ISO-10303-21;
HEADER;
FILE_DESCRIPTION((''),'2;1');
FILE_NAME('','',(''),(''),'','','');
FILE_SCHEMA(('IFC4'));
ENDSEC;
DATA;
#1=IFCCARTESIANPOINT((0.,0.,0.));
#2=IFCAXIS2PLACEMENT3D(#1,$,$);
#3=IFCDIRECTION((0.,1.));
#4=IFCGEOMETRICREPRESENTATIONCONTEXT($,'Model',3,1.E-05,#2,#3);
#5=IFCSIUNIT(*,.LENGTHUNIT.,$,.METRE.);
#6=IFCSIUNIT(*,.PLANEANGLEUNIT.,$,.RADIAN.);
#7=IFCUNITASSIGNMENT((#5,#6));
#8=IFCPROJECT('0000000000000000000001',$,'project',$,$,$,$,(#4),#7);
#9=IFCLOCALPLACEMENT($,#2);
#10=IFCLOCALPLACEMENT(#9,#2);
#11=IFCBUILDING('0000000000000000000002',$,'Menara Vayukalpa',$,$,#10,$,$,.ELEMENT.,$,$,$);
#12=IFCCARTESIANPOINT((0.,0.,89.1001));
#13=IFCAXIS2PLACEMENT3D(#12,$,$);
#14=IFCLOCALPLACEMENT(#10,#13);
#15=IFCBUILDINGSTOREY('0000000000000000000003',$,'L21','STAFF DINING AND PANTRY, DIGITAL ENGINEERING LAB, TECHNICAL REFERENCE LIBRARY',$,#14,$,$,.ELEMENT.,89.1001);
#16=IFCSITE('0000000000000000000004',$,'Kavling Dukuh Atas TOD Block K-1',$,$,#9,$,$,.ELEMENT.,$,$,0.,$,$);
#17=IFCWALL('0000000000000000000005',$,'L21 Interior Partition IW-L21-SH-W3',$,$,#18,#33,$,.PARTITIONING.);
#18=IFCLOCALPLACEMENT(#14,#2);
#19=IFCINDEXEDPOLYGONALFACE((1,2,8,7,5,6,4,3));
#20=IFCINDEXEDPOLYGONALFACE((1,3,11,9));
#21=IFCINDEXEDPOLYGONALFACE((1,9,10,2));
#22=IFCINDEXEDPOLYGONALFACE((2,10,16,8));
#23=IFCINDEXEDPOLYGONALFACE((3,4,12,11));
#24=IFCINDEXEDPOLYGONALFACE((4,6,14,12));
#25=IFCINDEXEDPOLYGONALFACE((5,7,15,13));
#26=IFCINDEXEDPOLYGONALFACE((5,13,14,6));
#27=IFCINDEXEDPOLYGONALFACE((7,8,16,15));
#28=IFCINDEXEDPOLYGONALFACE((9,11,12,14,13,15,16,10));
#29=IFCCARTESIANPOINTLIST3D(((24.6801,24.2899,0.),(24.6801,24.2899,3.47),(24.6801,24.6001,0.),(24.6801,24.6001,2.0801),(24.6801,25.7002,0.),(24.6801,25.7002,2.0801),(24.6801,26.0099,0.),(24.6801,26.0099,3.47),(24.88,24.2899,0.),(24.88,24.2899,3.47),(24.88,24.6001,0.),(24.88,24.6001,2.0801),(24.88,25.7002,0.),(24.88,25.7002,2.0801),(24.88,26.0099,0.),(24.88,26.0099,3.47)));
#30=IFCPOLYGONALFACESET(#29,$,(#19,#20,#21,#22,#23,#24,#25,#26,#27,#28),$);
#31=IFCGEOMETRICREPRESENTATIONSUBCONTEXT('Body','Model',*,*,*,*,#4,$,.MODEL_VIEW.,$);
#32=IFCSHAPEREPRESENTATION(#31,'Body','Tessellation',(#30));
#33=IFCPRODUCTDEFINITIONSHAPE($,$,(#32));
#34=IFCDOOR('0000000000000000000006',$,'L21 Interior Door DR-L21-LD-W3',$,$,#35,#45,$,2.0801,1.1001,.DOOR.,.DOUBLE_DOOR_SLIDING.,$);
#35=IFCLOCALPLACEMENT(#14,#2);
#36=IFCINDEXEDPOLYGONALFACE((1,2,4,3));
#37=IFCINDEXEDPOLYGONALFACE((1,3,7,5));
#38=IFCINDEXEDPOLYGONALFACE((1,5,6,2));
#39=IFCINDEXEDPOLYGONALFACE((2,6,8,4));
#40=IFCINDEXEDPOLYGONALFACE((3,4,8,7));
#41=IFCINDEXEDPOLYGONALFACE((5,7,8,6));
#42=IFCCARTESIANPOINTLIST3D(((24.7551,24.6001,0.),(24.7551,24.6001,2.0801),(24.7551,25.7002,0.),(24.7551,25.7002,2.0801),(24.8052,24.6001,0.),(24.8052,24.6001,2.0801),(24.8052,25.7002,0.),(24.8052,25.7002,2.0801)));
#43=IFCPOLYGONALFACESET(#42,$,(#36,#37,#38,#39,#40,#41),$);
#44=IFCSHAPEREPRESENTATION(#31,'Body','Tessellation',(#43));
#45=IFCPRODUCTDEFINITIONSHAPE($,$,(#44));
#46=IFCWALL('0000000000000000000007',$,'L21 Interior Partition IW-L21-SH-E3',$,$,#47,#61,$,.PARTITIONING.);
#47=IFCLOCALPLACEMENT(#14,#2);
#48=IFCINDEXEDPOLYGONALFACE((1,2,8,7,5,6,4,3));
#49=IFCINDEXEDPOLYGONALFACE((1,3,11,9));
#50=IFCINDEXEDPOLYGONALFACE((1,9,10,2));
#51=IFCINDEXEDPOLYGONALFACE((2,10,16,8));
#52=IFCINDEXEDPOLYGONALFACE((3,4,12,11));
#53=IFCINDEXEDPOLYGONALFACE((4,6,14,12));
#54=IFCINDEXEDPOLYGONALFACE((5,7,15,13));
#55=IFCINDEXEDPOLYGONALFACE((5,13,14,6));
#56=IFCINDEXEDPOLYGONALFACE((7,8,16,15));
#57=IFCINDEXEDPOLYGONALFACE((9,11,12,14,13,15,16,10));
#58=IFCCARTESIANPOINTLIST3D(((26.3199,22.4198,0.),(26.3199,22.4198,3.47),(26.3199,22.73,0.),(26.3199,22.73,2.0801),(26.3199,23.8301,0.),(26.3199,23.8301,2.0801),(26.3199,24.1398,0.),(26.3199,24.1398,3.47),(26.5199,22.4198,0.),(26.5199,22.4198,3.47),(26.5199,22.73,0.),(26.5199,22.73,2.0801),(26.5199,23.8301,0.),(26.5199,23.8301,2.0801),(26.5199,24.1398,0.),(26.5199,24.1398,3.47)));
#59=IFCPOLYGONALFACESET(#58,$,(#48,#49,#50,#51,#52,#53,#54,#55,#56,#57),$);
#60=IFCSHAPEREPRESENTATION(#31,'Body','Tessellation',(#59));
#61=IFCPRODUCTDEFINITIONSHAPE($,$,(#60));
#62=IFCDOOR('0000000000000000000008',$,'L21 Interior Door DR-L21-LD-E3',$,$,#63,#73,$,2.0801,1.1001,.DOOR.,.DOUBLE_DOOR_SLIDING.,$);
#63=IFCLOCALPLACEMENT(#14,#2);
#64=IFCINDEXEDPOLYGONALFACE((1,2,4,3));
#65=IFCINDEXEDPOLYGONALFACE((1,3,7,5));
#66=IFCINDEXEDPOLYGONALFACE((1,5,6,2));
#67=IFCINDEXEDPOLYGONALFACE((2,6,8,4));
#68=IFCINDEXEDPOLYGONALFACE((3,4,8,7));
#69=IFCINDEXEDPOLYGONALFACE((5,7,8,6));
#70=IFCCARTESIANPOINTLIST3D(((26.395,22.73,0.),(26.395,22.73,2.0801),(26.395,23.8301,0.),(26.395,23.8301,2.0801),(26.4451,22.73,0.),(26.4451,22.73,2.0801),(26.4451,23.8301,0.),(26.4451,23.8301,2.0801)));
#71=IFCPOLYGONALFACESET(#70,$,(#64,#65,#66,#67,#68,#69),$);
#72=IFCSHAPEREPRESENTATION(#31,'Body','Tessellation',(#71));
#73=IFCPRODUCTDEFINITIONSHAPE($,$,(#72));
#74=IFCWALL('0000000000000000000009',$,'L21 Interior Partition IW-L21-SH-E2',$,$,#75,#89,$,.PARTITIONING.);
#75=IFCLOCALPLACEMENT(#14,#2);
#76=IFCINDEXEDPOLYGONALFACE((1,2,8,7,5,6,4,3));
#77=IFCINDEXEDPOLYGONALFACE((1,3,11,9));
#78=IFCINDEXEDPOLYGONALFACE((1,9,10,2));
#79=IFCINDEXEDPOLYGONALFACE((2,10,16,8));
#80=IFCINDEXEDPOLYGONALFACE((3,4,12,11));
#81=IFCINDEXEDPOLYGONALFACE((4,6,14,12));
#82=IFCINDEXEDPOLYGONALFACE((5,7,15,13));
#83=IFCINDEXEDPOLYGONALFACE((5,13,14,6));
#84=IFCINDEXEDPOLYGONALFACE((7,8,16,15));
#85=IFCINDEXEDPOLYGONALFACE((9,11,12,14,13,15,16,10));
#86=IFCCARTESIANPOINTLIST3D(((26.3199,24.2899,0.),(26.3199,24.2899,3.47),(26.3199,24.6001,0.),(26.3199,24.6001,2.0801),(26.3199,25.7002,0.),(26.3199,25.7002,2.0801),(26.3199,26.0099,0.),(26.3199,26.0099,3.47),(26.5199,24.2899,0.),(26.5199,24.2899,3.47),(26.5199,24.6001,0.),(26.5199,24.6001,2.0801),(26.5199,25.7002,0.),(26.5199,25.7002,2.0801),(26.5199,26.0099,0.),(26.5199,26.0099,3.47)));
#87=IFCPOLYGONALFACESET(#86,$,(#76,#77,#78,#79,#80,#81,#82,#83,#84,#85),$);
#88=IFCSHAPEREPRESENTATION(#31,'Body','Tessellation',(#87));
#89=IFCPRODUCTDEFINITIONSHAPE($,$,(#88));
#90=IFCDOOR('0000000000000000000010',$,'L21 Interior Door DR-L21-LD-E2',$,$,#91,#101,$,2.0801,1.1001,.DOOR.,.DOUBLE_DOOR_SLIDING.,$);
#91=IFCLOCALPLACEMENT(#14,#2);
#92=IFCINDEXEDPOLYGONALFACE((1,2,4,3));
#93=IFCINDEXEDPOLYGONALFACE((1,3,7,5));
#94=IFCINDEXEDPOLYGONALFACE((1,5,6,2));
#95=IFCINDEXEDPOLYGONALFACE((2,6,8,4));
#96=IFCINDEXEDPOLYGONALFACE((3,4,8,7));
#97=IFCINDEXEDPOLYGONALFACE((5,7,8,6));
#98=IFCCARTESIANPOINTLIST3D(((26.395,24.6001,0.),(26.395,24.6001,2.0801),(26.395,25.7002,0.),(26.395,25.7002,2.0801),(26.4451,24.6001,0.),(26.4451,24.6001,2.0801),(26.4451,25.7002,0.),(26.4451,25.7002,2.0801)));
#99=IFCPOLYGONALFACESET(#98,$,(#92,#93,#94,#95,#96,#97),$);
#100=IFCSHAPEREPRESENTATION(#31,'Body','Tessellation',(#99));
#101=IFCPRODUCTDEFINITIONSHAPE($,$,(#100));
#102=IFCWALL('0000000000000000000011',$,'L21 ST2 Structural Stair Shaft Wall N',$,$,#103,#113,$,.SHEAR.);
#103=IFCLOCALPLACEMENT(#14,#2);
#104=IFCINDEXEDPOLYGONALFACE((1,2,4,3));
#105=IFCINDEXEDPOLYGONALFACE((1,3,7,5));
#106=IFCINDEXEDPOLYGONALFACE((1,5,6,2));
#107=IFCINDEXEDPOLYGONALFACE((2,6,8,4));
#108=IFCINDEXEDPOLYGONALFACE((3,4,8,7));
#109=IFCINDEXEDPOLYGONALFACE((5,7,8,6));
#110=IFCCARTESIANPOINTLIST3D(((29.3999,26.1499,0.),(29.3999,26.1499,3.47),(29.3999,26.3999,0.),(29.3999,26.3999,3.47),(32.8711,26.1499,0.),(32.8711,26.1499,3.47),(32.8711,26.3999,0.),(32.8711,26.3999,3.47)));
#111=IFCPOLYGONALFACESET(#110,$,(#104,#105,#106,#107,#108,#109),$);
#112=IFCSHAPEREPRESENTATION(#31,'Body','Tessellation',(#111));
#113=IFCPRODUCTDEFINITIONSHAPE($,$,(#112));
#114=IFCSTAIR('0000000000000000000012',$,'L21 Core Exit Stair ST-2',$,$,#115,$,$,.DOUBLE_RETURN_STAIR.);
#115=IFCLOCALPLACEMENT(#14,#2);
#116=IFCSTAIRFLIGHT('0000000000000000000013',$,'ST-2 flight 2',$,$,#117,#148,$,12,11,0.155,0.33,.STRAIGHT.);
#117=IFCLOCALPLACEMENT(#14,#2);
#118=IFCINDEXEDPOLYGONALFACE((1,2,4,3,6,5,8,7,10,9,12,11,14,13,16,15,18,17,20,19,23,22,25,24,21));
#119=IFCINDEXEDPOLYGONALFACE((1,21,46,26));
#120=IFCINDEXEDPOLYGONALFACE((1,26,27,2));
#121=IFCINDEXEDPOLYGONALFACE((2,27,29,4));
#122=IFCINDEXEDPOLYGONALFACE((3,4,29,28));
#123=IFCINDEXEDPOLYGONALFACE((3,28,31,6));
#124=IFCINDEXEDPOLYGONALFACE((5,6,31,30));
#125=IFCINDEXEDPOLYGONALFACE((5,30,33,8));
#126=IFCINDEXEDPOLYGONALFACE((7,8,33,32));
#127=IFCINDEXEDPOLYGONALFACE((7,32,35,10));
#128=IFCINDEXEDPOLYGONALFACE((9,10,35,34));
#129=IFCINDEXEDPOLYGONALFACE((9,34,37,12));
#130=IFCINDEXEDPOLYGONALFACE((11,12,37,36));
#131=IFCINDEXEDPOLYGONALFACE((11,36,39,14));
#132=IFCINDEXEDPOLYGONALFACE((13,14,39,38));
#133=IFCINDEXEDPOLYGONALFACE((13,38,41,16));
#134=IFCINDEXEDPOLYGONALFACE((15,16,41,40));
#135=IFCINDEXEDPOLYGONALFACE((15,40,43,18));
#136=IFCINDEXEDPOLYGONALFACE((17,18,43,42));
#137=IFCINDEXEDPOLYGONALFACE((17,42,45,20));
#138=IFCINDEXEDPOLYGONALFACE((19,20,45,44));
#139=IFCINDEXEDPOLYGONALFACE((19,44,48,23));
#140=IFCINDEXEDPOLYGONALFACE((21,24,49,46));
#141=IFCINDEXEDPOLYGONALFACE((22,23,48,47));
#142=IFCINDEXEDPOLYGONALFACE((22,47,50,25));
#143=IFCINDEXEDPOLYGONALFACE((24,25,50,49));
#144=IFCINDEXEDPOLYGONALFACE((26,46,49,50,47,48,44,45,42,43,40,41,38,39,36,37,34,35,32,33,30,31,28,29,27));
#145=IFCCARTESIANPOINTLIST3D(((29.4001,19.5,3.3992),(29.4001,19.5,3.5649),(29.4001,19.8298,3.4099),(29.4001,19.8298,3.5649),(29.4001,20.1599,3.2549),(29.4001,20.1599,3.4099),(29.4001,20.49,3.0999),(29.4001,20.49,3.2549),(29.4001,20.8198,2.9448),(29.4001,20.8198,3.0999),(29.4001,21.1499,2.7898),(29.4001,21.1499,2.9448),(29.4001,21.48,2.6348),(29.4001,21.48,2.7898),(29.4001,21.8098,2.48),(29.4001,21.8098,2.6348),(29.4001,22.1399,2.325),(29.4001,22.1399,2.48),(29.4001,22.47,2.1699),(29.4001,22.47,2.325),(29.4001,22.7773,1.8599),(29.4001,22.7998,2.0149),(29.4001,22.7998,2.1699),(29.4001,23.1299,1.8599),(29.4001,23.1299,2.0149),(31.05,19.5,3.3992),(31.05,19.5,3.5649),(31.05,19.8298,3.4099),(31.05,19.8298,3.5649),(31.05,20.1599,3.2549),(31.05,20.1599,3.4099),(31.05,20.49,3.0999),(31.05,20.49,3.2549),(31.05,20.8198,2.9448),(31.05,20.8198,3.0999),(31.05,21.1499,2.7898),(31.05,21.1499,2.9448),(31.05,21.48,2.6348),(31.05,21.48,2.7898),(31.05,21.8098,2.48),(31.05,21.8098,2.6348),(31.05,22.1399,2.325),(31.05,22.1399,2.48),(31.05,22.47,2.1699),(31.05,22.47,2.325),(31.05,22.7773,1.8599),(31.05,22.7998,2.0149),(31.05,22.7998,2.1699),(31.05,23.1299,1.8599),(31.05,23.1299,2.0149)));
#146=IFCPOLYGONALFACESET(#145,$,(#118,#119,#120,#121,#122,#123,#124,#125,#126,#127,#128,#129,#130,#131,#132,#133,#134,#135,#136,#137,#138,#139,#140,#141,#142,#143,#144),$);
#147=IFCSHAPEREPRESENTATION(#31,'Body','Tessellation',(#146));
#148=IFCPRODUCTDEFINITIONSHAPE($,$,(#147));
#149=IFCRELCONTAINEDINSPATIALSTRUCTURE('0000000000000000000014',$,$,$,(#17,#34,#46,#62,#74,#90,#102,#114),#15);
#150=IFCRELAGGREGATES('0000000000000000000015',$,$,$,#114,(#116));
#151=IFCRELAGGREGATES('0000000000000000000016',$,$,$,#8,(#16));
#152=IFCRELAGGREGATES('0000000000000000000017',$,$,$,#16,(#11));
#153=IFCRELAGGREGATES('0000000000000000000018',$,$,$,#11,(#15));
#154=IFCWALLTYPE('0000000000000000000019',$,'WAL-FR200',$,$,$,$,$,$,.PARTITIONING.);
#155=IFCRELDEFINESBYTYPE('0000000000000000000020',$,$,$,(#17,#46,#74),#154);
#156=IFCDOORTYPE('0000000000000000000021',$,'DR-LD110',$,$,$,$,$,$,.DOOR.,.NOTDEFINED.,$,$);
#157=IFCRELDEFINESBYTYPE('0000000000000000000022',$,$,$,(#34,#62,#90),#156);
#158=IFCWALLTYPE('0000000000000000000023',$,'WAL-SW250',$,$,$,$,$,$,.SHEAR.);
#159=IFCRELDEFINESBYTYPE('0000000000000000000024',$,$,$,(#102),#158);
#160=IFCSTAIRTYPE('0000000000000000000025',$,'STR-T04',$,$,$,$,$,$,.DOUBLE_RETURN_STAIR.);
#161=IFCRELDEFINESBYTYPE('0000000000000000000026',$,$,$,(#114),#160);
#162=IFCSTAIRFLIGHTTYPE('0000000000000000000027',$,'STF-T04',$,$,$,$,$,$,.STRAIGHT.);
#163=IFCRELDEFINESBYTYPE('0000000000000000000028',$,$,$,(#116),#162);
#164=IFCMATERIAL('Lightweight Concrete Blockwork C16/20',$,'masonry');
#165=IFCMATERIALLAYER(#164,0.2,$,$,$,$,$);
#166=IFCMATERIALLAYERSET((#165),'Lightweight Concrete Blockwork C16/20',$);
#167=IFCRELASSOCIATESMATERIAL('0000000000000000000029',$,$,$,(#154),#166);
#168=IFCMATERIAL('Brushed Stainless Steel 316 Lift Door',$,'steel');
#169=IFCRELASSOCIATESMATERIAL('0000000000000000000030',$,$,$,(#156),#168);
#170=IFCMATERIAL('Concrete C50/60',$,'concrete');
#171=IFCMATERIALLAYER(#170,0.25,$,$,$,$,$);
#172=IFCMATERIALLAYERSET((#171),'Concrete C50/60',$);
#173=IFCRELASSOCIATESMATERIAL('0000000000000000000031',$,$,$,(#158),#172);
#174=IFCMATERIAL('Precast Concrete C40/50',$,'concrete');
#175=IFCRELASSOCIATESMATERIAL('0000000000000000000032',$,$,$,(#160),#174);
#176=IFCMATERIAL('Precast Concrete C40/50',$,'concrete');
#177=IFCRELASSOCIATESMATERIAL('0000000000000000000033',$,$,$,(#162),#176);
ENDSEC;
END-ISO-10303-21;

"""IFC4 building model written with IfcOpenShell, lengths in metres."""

from ifc_helpers import new_model, si_unit, direction, frame, frame_2d, origin, place, context, subcontext, project, spatial, polyline, rectangle, outline, extrude, material, layer, layer_set, type_object, element, fill, aggregate, save


model = new_model("IFC4")

# Units and contexts
model_context = context("Model", 3, precision=1e-05, world=origin(), true_north=direction((0.0, 1.0)))
body_context = subcontext(model_context, "Body", "Model", "MODEL_VIEW")
ifc_project = project(units=[si_unit("LENGTHUNIT", "METRE"), si_unit("PLANEANGLEUNIT", "RADIAN")], contexts=[model_context])

# Site, building, storey
site_placement = place(None, origin())
site = spatial("IfcSite", under=ifc_project, at=site_placement, Name="Kavling Dukuh Atas TOD Block K-1", CompositionType="ELEMENT", RefElevation=0.0)
building_placement = place(site_placement, origin())
building = spatial("IfcBuilding", under=site, at=building_placement, Name="Menara Vayukalpa", CompositionType="ELEMENT")
storey_placement = place(building_placement, frame((0.0, 0.0, 89.1001)))
storey = spatial("IfcBuildingStorey", under=building, at=storey_placement, Name="L21", Description="STAFF DINING AND PANTRY, DIGITAL ENGINEERING LAB, TECHNICAL REFERENCE LIBRARY", CompositionType="ELEMENT", Elevation=89.1001)

# Walls, openings, doors
ifc_material_1 = material(Name="Lightweight Concrete Blockwork C16/20", Category="masonry")
ifc_layer_1 = layer(ifc_material_1, 0.2)
ifc_layer_set_1 = layer_set([ifc_layer_1], Name="Lightweight Concrete Blockwork C16/20")
wall_type_1 = type_object("IfcWallType", Name="WAL-FR200", PredefinedType="PARTITIONING", material=ifc_layer_set_1)
ifc_material_2 = material(Name="Brushed Stainless Steel 316 Lift Door", Category="steel")
door_type = type_object("IfcDoorType", Name="DR-LD110", OperationType="NOTDEFINED", PredefinedType="DOOR", material=ifc_material_2)
wall_1_placement = place(storey_placement, frame((24.78, 24.29, 0.0), z_axis=(0.0, 0.0, 1.0), x_axis=(0.0, 1.0, 0.0)))
wall_1 = element("IfcWall", 1, at=wall_1_placement, inside=storey, type_object=wall_type_1, Name="L21 Interior Partition IW-L21-SH-W3", PredefinedType="PARTITIONING", context=body_context, shape_type="SweptSolid", body=[
    extrude(rectangle(XDim=1.72, YDim=0.2, at=frame_2d((0.8599, 0.0))), origin(), (0.0, 0.0, 1.0), 3.47),
])
opening_1_placement = place(wall_1_placement, frame((0.3101, 0.0, 0.0)))
opening_1 = element("IfcOpeningElement", 2, at=opening_1_placement, cuts=wall_1, PredefinedType="OPENING", context=body_context, shape_type="SweptSolid", body=[
    extrude(rectangle(XDim=1.1001, YDim=2.0801, at=frame_2d((0.55, 1.04))), frame((0.0, 0.1099, 0.0), z_axis=(0.0, -1.0, 0.0), x_axis=(1.0, 0.0, 0.0)), (0.0, 0.0, 1.0), 0.22),
])
door_1_placement = place(opening_1_placement, origin())
door_1 = element("IfcDoor", 3, at=door_1_placement, inside=storey, type_object=door_type, Name="L21 Interior Door DR-L21-LD-W3", OperationType="DOUBLE_DOOR_SLIDING", OverallHeight=2.0801, OverallWidth=1.1001, PredefinedType="DOOR", context=body_context, shape_type="SweptSolid", body=[
    extrude(rectangle(XDim=1.1001, YDim=2.0801, at=frame_2d((0.55, 1.04))), frame((0.0, 0.0249, 0.0), z_axis=(0.0, -1.0, 0.0), x_axis=(1.0, 0.0, 0.0)), (0.0, 0.0, 1.0), 0.05),
])
fill(opening_1, door_1)
wall_2_placement = place(storey_placement, frame((26.4199, 22.4199, 0.0), z_axis=(0.0, 0.0, 1.0), x_axis=(0.0, 1.0, 0.0)))
wall_2 = element("IfcWall", 4, at=wall_2_placement, inside=storey, type_object=wall_type_1, Name="L21 Interior Partition IW-L21-SH-E3", PredefinedType="PARTITIONING", context=body_context, shape_type="SweptSolid", body=[
    extrude(rectangle(XDim=1.72, YDim=0.2, at=frame_2d((0.8599, 0.0))), origin(), (0.0, 0.0, 1.0), 3.47),
])
opening_2_placement = place(wall_2_placement, frame((0.3101, 0.0, 0.0)))
opening_2 = element("IfcOpeningElement", 5, at=opening_2_placement, cuts=wall_2, PredefinedType="OPENING", context=body_context, shape_type="SweptSolid", body=[
    extrude(rectangle(XDim=1.1001, YDim=2.0801, at=frame_2d((0.55, 1.04))), frame((0.0, 0.1099, 0.0), z_axis=(0.0, -1.0, 0.0), x_axis=(1.0, 0.0, 0.0)), (0.0, 0.0, 1.0), 0.22),
])
door_2_placement = place(opening_2_placement, origin())
door_2 = element("IfcDoor", 6, at=door_2_placement, inside=storey, type_object=door_type, Name="L21 Interior Door DR-L21-LD-E3", OperationType="DOUBLE_DOOR_SLIDING", OverallHeight=2.0801, OverallWidth=1.1001, PredefinedType="DOOR", context=body_context, shape_type="SweptSolid", body=[
    extrude(rectangle(XDim=1.1001, YDim=2.0801, at=frame_2d((0.55, 1.04))), frame((0.0, 0.0249, 0.0), z_axis=(0.0, -1.0, 0.0), x_axis=(1.0, 0.0, 0.0)), (0.0, 0.0, 1.0), 0.05),
])
fill(opening_2, door_2)
wall_3_placement = place(storey_placement, frame((26.4199, 24.29, 0.0), z_axis=(0.0, 0.0, 1.0), x_axis=(0.0, 1.0, 0.0)))
wall_3 = element("IfcWall", 7, at=wall_3_placement, inside=storey, type_object=wall_type_1, Name="L21 Interior Partition IW-L21-SH-E2", PredefinedType="PARTITIONING", context=body_context, shape_type="SweptSolid", body=[
    extrude(rectangle(XDim=1.72, YDim=0.2, at=frame_2d((0.8599, 0.0))), origin(), (0.0, 0.0, 1.0), 3.47),
])
opening_3_placement = place(wall_3_placement, frame((0.3101, 0.0, 0.0)))
opening_3 = element("IfcOpeningElement", 8, at=opening_3_placement, cuts=wall_3, PredefinedType="OPENING", context=body_context, shape_type="SweptSolid", body=[
    extrude(rectangle(XDim=1.1001, YDim=2.0801, at=frame_2d((0.55, 1.04))), frame((0.0, 0.1099, 0.0), z_axis=(0.0, -1.0, 0.0), x_axis=(1.0, 0.0, 0.0)), (0.0, 0.0, 1.0), 0.22),
])
door_3_placement = place(opening_3_placement, origin())
door_3 = element("IfcDoor", 9, at=door_3_placement, inside=storey, type_object=door_type, Name="L21 Interior Door DR-L21-LD-E2", OperationType="DOUBLE_DOOR_SLIDING", OverallHeight=2.0801, OverallWidth=1.1001, PredefinedType="DOOR", context=body_context, shape_type="SweptSolid", body=[
    extrude(rectangle(XDim=1.1001, YDim=2.0801, at=frame_2d((0.55, 1.04))), frame((0.0, 0.0249, 0.0), z_axis=(0.0, -1.0, 0.0), x_axis=(1.0, 0.0, 0.0)), (0.0, 0.0, 1.0), 0.05),
])
fill(opening_3, door_3)

# Wall
ifc_material_3 = material(Name="Concrete C50/60", Category="concrete")
ifc_layer_2 = layer(ifc_material_3, 0.25)
ifc_layer_set_2 = layer_set([ifc_layer_2], Name="Concrete C50/60")
wall_type_2 = type_object("IfcWallType", Name="WAL-SW250", PredefinedType="SHEAR", material=ifc_layer_set_2)
wall_4_placement = place(storey_placement, frame((29.3999, 26.2749, 0.0), z_axis=(0.0, 0.0, 1.0), x_axis=(1.0, 0.0, 0.0)))
element("IfcWall", 10, at=wall_4_placement, inside=storey, type_object=wall_type_2, Name="L21 ST2 Structural Stair Shaft Wall N", PredefinedType="SHEAR", context=body_context, shape_type="SweptSolid", body=[
    extrude(rectangle(XDim=3.4712, YDim=0.25, at=frame_2d((1.7356, 0.0))), origin(), (0.0, 0.0, 1.0), 3.47),
])

# Stair, stair flight
ifc_material_4 = material(Name="Precast Concrete C40/50", Category="concrete")
stair_type = type_object("IfcStairType", Name="STR-T04", PredefinedType="DOUBLE_RETURN_STAIR", material=ifc_material_4)
stair_placement = place(storey_placement, origin())
stair = element("IfcStair", 11, at=stair_placement, inside=storey, type_object=stair_type, Name="L21 Core Exit Stair ST-2", PredefinedType="DOUBLE_RETURN_STAIR")
ifc_material_5 = material(Name="Precast Concrete C40/50", Category="concrete")
stair_flight_type = type_object("IfcStairFlightType", Name="STF-T04", PredefinedType="STRAIGHT", material=ifc_material_5)
stair_flight_placement = place(storey_placement, frame((30.2251, 23.1299, 1.8599), z_axis=(0.0, 0.0, 1.0), x_axis=(0.0, -1.0, 0.0)))
stair_flight = element("IfcStairFlight", 12, at=stair_flight_placement, type_object=stair_flight_type, Name="ST-2 flight 2", NumberOfRisers=12, NumberOfTreads=11, PredefinedType="STRAIGHT", RiserHeight=0.155, TreadLength=0.33, context=body_context, shape_type="SweptSolid", body=[
    extrude(outline(polyline([(0.0, 0.0), (0.0, 0.155), (0.3301, 0.155), (0.3301, 0.3101), (0.6599, 0.3101), (0.6599, 0.4651), (0.99, 0.4651), (0.99, 0.6201), (1.3201, 0.6201), (1.3201, 0.7749), (1.6499, 0.7749), (1.6499, 0.9299), (1.98, 0.9299), (1.98, 1.085), (2.3101, 1.085), (2.3101, 1.24), (2.6399, 1.24), (2.6399, 1.395), (2.97, 1.395), (2.97, 1.55), (3.3, 1.55), (3.3, 1.7051), (3.6299, 1.7051), (3.6299, 1.8601), (3.6299, 1.5393), (0.3525, 0.0), (0.0, 0.0)])), frame((0.0, 0.825, 0.0), z_axis=(0.0, -1.0, 0.0), x_axis=(1.0, 0.0, 0.0)), (0.0, 0.0, 1.0), 1.6499),
])
aggregate(stair, [stair_flight])

save(model, "model.ifc")
